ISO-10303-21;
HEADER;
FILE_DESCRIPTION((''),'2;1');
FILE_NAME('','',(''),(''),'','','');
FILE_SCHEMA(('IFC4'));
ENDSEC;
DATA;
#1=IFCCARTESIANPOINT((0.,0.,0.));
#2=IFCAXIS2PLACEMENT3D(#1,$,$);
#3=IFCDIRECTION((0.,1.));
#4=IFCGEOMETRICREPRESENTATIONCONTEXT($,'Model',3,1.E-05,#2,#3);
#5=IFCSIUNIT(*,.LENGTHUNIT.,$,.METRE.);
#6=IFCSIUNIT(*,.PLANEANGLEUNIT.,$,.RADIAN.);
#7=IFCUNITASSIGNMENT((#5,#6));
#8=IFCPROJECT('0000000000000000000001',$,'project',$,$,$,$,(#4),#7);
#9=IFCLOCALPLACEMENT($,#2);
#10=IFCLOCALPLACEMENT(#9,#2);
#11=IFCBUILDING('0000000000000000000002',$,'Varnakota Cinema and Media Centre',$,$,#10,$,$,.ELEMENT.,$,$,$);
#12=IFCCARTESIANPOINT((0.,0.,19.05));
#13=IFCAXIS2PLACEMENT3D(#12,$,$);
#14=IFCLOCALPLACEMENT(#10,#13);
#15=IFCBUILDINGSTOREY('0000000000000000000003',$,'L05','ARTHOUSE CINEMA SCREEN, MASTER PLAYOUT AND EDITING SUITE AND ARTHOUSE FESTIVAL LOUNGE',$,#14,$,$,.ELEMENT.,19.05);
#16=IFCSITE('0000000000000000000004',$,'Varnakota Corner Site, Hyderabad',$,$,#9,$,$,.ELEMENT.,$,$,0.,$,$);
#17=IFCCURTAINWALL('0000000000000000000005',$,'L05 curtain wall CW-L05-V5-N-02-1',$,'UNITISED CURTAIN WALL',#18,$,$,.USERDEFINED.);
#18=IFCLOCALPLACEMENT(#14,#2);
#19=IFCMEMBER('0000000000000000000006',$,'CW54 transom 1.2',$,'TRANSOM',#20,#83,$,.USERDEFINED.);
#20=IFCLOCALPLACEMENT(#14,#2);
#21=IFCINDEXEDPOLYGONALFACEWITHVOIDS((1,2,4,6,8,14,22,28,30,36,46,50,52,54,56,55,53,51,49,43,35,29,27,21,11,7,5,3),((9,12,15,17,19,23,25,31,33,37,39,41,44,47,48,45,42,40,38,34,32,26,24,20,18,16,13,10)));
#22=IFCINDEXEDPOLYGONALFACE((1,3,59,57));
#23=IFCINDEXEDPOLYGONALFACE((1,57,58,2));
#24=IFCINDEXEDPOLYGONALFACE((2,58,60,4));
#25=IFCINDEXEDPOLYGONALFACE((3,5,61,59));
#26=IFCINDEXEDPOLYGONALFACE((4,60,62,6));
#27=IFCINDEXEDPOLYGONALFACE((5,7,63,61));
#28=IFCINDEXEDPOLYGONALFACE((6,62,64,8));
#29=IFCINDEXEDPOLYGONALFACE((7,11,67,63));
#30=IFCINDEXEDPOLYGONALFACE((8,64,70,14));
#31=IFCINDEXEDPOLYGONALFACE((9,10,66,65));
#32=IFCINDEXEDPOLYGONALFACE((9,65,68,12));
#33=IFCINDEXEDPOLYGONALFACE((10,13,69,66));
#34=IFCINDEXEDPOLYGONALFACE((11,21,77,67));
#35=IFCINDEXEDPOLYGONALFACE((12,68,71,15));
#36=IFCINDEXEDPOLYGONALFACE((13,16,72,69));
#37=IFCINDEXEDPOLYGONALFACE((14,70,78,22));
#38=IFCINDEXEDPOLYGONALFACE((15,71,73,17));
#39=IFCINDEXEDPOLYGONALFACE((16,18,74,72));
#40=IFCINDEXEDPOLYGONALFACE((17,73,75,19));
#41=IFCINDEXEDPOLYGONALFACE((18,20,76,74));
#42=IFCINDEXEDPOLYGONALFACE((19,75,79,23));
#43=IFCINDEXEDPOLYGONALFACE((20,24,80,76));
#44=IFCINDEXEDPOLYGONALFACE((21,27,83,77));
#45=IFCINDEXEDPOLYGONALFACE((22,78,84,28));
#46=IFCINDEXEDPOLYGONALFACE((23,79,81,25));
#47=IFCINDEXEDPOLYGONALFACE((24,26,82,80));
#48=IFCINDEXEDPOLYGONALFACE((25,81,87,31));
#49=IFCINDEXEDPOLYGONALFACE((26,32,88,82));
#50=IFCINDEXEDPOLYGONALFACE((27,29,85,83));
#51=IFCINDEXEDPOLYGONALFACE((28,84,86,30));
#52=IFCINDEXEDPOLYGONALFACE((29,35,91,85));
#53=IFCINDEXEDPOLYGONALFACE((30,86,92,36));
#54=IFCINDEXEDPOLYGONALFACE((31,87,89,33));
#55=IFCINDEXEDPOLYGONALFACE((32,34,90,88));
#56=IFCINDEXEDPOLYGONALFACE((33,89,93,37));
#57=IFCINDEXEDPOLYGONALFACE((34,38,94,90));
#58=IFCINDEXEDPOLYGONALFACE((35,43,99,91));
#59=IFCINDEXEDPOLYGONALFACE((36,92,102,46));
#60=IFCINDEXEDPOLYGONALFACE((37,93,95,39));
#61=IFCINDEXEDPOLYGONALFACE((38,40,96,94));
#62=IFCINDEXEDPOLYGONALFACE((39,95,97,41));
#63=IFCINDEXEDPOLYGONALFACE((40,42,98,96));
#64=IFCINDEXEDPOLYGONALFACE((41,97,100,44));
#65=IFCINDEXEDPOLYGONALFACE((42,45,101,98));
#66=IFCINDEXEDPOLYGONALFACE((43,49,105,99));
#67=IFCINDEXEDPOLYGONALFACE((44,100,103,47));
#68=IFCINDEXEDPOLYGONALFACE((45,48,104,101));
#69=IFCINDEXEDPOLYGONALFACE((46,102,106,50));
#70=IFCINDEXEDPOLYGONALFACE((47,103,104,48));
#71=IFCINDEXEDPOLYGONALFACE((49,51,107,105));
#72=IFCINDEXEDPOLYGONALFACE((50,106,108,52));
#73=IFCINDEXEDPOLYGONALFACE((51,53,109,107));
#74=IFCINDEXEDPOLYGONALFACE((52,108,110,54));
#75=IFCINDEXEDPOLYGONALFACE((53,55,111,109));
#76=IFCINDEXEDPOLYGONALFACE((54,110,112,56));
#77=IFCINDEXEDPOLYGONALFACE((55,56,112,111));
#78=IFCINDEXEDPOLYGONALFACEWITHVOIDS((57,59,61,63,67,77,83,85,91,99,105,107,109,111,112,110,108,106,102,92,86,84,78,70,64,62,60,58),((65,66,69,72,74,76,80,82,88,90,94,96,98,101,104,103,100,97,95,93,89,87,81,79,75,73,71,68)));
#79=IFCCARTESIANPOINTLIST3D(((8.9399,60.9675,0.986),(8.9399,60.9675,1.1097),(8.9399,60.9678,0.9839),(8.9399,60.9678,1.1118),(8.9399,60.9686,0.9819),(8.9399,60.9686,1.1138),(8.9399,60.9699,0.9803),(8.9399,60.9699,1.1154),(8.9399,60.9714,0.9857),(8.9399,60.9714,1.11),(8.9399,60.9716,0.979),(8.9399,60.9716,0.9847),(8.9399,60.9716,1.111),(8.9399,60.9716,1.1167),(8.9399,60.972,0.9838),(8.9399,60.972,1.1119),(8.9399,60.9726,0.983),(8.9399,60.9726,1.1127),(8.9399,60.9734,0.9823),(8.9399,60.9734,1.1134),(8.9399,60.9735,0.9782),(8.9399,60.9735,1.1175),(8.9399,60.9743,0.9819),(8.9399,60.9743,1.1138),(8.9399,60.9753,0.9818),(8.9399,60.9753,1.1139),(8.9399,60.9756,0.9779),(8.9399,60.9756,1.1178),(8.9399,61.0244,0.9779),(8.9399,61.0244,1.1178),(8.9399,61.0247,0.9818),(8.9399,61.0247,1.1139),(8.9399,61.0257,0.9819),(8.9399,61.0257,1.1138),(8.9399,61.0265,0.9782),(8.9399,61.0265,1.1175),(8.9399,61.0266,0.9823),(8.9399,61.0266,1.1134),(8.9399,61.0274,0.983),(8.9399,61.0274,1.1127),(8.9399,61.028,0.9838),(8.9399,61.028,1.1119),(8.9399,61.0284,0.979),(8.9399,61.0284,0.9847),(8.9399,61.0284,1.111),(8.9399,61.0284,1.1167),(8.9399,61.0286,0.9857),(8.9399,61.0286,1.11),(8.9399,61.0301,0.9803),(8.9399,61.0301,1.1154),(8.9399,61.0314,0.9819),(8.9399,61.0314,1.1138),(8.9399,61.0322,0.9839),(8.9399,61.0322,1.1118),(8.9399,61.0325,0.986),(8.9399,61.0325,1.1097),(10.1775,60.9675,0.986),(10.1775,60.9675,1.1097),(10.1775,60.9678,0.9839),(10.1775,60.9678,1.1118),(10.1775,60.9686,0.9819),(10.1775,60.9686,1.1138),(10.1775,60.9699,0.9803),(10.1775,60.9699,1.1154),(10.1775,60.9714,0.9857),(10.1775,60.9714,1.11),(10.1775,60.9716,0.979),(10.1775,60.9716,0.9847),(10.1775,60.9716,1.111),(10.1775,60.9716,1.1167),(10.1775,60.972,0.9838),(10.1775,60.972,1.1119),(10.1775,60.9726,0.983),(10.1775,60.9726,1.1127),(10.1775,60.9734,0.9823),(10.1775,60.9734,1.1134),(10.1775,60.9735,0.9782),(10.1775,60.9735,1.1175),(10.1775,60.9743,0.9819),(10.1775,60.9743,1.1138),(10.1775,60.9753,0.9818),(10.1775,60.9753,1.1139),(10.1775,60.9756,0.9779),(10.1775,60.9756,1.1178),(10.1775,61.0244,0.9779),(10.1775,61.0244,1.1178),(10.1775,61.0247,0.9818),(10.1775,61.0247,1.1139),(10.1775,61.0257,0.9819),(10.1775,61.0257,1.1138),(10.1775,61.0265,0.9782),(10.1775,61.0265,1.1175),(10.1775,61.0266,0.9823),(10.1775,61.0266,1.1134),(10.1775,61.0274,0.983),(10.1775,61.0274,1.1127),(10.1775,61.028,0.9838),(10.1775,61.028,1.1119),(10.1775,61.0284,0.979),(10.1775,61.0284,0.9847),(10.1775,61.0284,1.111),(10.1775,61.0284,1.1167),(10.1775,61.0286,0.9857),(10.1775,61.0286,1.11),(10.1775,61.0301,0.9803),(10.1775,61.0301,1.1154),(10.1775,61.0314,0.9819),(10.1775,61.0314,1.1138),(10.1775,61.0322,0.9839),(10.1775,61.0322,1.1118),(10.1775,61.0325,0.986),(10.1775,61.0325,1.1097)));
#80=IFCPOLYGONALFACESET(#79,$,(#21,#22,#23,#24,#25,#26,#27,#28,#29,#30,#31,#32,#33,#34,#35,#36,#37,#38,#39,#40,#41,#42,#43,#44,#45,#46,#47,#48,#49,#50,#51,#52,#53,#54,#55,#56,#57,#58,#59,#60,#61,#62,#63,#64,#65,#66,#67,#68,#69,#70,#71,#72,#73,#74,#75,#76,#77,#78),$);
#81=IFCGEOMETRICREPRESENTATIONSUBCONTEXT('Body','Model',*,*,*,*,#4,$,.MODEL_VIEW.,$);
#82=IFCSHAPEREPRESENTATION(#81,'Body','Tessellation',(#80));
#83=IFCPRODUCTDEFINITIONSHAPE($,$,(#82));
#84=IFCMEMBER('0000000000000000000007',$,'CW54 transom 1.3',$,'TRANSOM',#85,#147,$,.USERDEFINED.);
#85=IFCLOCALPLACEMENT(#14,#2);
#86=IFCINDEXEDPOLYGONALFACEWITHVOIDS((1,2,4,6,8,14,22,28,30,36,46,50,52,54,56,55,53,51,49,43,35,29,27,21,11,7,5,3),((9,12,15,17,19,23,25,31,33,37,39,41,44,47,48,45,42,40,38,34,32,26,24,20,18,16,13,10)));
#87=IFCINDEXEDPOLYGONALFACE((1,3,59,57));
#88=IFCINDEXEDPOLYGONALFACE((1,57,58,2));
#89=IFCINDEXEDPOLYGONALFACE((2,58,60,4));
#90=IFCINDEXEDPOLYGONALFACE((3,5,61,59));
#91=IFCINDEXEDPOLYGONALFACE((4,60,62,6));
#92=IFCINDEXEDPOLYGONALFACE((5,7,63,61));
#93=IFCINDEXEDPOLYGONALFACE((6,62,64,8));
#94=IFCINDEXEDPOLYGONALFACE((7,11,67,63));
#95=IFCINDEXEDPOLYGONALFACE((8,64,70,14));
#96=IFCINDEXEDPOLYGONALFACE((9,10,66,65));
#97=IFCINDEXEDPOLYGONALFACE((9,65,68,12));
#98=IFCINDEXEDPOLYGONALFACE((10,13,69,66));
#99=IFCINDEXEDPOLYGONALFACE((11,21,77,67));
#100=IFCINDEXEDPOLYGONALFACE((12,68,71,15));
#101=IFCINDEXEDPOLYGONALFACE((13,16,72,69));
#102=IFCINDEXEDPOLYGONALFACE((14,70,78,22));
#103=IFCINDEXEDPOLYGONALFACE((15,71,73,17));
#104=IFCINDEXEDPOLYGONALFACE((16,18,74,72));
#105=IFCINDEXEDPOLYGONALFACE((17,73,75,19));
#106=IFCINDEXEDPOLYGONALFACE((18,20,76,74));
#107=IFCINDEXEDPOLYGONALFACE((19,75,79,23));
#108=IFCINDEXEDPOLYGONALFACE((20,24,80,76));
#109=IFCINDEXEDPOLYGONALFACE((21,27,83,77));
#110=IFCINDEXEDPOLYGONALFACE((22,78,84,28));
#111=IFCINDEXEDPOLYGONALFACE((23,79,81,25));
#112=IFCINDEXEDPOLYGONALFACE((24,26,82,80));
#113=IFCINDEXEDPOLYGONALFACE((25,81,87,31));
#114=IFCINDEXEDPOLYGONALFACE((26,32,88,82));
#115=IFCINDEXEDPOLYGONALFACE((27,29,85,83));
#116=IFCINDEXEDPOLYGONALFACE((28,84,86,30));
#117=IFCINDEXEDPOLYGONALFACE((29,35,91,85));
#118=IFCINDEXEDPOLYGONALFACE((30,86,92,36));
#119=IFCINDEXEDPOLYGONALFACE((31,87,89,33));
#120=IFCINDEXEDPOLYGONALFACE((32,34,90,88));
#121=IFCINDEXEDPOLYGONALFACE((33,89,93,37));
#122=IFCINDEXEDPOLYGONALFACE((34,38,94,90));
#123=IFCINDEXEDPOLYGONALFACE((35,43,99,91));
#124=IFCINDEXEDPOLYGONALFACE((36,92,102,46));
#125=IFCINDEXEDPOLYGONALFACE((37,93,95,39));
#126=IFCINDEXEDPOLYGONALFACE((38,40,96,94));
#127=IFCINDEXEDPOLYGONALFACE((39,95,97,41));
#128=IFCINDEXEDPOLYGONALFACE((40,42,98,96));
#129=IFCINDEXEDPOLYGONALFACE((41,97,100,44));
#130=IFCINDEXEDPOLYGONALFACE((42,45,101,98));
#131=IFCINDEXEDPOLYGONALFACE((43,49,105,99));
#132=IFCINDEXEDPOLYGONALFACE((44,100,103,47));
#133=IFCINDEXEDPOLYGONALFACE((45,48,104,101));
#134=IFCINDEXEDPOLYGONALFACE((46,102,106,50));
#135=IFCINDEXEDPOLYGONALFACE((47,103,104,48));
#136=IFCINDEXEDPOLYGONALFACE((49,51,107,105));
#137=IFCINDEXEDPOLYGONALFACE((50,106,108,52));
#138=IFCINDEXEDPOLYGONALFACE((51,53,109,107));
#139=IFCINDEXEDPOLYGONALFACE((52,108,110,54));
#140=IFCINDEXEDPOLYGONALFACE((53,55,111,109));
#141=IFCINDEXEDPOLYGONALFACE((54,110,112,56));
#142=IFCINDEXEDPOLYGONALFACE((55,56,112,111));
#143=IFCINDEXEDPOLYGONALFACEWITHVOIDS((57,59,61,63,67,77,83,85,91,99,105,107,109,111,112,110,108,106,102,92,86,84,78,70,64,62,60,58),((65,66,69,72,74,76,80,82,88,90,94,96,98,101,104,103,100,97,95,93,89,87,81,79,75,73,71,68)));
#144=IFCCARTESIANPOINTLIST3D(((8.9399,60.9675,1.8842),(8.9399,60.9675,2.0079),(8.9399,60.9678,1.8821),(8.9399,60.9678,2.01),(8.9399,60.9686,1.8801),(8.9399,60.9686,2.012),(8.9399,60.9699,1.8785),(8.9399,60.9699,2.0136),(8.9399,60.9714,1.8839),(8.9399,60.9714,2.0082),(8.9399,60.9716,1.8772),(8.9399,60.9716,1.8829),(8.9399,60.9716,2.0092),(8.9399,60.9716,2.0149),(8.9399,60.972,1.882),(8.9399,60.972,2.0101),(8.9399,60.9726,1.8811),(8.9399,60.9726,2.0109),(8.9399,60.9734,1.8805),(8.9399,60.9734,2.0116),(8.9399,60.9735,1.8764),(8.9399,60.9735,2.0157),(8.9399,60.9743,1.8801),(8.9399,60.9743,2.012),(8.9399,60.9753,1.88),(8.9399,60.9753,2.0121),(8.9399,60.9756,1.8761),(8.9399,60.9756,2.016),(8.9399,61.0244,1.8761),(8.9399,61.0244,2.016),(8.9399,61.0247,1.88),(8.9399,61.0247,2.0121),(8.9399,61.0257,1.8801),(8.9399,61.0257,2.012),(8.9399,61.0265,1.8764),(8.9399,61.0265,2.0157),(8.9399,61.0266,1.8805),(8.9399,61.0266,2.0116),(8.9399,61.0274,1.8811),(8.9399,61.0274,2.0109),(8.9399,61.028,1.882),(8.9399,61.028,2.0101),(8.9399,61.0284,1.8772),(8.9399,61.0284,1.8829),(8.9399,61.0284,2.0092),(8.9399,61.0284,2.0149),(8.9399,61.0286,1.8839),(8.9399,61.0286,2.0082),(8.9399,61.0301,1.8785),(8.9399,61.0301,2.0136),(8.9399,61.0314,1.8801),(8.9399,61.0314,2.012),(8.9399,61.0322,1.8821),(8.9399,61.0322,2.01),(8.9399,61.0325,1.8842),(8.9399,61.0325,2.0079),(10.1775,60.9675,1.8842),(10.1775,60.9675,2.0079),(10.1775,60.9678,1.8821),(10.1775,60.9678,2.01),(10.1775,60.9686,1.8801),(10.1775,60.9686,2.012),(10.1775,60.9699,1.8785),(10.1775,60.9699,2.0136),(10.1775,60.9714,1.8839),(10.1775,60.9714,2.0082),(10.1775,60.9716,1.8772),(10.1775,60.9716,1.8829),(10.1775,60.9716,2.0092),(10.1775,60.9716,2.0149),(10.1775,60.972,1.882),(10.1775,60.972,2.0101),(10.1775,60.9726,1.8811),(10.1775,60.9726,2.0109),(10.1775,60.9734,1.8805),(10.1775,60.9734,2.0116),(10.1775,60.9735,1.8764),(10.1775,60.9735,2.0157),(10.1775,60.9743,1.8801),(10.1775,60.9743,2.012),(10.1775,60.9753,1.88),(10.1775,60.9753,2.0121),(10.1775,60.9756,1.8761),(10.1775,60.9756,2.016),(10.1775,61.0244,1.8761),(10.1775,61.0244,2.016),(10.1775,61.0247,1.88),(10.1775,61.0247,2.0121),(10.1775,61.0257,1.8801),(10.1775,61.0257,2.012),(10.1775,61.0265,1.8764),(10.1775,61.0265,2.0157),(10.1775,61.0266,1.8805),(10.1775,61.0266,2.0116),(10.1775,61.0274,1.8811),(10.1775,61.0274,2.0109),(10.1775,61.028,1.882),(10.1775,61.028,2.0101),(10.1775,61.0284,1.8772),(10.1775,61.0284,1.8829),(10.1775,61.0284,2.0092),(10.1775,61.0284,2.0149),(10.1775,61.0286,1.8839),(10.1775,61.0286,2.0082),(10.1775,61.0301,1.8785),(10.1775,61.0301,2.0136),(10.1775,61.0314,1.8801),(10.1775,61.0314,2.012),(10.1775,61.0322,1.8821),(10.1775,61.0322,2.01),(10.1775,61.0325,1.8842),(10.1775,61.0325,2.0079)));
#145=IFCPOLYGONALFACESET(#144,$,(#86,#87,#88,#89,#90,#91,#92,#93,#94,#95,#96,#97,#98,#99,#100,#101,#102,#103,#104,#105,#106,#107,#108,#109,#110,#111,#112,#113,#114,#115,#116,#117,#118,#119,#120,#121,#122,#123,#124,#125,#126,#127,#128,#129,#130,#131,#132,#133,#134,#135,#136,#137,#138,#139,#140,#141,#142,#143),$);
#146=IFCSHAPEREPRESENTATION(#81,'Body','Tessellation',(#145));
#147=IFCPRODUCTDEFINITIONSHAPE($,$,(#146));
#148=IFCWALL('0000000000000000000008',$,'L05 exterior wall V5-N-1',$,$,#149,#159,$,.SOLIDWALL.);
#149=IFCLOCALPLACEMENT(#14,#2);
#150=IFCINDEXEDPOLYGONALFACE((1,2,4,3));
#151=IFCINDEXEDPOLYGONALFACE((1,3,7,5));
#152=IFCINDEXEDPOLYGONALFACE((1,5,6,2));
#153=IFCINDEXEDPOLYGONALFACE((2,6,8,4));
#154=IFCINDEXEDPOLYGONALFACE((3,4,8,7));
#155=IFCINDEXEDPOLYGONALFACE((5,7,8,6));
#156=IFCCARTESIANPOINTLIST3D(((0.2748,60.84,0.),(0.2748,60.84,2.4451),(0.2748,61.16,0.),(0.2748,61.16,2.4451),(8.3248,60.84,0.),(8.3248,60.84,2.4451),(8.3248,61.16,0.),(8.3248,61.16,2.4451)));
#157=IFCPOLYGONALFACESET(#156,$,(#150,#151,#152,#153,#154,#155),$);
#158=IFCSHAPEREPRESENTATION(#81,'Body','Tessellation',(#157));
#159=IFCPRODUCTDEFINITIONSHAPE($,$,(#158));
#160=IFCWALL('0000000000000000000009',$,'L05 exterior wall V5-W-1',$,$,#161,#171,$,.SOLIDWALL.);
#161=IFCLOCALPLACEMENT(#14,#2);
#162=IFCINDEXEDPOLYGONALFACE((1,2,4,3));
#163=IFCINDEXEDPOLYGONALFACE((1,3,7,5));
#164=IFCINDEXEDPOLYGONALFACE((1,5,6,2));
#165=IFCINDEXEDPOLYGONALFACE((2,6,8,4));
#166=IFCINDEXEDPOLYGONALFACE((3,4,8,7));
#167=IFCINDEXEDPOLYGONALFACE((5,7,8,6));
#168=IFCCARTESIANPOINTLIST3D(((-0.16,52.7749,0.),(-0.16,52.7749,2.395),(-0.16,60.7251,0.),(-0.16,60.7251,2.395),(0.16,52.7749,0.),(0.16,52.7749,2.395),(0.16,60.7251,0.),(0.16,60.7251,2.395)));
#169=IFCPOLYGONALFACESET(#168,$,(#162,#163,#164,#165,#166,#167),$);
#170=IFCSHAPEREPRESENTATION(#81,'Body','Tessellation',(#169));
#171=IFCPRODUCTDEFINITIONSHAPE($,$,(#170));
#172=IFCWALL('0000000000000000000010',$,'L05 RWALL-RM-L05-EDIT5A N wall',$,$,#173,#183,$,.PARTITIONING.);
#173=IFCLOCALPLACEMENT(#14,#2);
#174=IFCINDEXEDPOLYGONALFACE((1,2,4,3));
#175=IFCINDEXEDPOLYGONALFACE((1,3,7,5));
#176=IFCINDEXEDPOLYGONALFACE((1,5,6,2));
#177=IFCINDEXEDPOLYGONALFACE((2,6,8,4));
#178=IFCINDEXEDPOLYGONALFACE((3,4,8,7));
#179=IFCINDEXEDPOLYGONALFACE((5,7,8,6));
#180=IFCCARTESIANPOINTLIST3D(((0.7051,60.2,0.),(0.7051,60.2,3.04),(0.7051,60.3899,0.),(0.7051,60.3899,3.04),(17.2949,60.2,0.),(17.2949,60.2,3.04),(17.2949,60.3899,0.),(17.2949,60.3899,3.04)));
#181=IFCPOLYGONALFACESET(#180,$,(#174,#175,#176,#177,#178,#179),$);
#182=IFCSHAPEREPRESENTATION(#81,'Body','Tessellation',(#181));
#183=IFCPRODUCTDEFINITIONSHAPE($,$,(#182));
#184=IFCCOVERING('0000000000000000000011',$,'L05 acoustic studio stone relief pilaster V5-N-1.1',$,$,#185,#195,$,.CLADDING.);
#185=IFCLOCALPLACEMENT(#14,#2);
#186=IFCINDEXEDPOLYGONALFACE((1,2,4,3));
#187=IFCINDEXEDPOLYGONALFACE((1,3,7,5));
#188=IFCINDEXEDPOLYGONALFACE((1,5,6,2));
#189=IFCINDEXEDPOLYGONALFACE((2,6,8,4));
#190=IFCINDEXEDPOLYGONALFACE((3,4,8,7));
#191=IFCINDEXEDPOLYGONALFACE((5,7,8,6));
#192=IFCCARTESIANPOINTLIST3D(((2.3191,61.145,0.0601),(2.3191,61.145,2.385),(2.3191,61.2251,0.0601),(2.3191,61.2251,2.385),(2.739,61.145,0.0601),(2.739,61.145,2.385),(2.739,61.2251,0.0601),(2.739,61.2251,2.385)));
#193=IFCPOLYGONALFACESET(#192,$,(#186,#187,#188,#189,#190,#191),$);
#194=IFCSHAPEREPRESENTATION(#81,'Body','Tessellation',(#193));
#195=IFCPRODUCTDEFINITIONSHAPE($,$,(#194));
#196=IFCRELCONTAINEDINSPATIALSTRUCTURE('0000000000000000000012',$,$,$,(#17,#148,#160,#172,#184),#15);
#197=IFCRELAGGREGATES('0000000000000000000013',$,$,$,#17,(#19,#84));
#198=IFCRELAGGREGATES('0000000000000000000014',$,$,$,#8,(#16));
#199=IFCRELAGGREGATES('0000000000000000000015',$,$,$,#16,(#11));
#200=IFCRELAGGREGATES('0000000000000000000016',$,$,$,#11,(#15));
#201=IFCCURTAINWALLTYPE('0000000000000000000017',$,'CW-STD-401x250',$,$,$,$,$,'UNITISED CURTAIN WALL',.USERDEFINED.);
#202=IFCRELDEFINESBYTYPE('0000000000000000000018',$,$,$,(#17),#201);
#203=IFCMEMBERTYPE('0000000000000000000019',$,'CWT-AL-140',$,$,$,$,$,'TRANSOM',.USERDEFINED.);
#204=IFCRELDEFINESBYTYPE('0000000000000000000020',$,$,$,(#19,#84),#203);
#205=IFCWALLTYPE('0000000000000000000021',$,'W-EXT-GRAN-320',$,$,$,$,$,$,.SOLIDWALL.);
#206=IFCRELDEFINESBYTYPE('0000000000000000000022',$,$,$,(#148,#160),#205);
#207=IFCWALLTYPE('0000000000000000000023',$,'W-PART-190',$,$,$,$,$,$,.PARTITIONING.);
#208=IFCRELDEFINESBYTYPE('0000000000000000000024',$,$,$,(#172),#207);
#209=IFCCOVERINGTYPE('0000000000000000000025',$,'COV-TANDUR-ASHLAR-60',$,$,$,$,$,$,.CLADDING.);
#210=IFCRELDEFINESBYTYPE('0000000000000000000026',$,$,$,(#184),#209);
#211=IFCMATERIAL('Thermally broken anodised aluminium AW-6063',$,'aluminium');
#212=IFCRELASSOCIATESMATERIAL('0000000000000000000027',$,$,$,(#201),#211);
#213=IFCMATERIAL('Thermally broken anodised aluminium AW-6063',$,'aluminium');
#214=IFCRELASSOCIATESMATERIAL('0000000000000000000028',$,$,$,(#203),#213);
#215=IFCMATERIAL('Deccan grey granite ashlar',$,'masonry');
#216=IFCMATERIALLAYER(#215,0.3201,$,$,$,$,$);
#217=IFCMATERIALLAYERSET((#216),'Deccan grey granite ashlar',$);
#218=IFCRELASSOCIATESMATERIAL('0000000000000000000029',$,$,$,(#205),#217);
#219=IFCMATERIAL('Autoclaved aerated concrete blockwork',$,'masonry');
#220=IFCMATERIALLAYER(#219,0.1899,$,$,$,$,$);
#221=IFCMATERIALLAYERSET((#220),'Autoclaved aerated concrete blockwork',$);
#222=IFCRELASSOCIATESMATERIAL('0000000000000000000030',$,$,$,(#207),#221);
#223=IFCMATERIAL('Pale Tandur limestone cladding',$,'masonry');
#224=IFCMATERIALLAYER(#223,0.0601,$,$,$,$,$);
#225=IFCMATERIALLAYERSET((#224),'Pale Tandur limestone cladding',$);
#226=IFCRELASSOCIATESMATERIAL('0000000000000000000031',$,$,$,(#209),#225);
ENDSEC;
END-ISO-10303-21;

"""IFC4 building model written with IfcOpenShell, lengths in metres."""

from ifc_helpers import new_model, si_unit, direction, frame, frame_2d, origin, origin_2d, place, context, subcontext, project, spatial, rectangle, hollow_rectangle, extrude, material, layer, layer_set, material_profile, profile_set, type_object, element, aggregate, save


model = new_model("IFC4")

# Units and contexts
model_context = context("Model", 3, precision=1e-05, world=origin(), true_north=direction((0.0, 1.0)))
body_context = subcontext(model_context, "Body", "Model", "MODEL_VIEW")
ifc_project = project(units=[si_unit("LENGTHUNIT", "METRE"), si_unit("PLANEANGLEUNIT", "RADIAN")], contexts=[model_context])

# Site, building, storey
site_placement = place(None, origin())
site = spatial("IfcSite", under=ifc_project, at=site_placement, Name="Varnakota Corner Site, Hyderabad", CompositionType="ELEMENT", RefElevation=0.0)
building_placement = place(site_placement, origin())
building = spatial("IfcBuilding", under=site, at=building_placement, Name="Varnakota Cinema and Media Centre", CompositionType="ELEMENT")
storey_placement = place(building_placement, frame((0.0, 0.0, 19.05)))
storey = spatial("IfcBuildingStorey", under=building, at=storey_placement, Name="L05", Description="ARTHOUSE CINEMA SCREEN, MASTER PLAYOUT AND EDITING SUITE AND ARTHOUSE FESTIVAL LOUNGE", CompositionType="ELEMENT", Elevation=19.05)

# Curtain wall, members
ifc_material_1 = material(Name="Thermally broken anodised aluminium AW-6063", Category="aluminium")
curtain_wall_type = type_object("IfcCurtainWallType", Name="CW-STD-401x250", ElementType="UNITISED CURTAIN WALL", PredefinedType="USERDEFINED", material=ifc_material_1)
curtain_wall_placement = place(storey_placement, origin())
curtain_wall = element("IfcCurtainWall", 1, at=curtain_wall_placement, inside=storey, type_object=curtain_wall_type, Name="L05 curtain wall CW-L05-V5-N-02-1", ObjectType="UNITISED CURTAIN WALL", PredefinedType="USERDEFINED")
ifc_material_2 = material(Name="Thermally broken anodised aluminium AW-6063", Category="aluminium")
ifc_material_profile_1 = material_profile(ifc_material_2, hollow_rectangle(XDim=0.0649, YDim=0.1399, WallThickness=0.0039, InnerFilletRadius=0.0039, OuterFilletRadius=0.0081, at=origin_2d()), Name="AL-TRANSOM 140x65x4")
ifc_profile_set_1 = profile_set([ifc_material_profile_1], Name="Thermally broken anodised aluminium AW-6063")
member_type_1 = type_object("IfcMemberType", Name="CWT-AL-140", ElementType="TRANSOM", PredefinedType="USERDEFINED", material=ifc_profile_set_1)
member_1_placement = place(storey_placement, frame((8.9399, 61.0, 1.0479), z_axis=(1.0, 0.0, 0.0), x_axis=(0.0, 1.0, 0.0)))
member_1 = element("IfcMember", 2, at=member_1_placement, type_object=member_type_1, Name="CW54 transom 1.2", ObjectType="TRANSOM", PredefinedType="USERDEFINED", context=body_context, shape_type="SweptSolid", body=[
    extrude(hollow_rectangle(XDim=0.0649, YDim=0.1399, WallThickness=0.0039, InnerFilletRadius=0.0039, OuterFilletRadius=0.0081, at=origin_2d()), origin(), (0.0, 0.0, 1.0), 1.2375),
])
member_2_placement = place(storey_placement, frame((8.9399, 61.0, 1.946), z_axis=(1.0, 0.0, 0.0), x_axis=(0.0, 1.0, 0.0)))
member_2 = element("IfcMember", 3, at=member_2_placement, type_object=member_type_1, Name="CW54 transom 1.3", ObjectType="TRANSOM", PredefinedType="USERDEFINED", context=body_context, shape_type="SweptSolid", body=[
    extrude(hollow_rectangle(XDim=0.0649, YDim=0.1399, WallThickness=0.0039, InnerFilletRadius=0.0039, OuterFilletRadius=0.0081, at=origin_2d()), origin(), (0.0, 0.0, 1.0), 1.2375),
])
aggregate(curtain_wall, [member_1, member_2])

# Walls
ifc_material_3 = material(Name="Deccan grey granite ashlar", Category="masonry")
ifc_layer_1 = layer(ifc_material_3, 0.3201)
ifc_layer_set_1 = layer_set([ifc_layer_1], Name="Deccan grey granite ashlar")
wall_type_1 = type_object("IfcWallType", Name="W-EXT-GRAN-320", PredefinedType="SOLIDWALL", material=ifc_layer_set_1)
wall_1_placement = place(storey_placement, frame((0.2749, 61.0, 0.0), z_axis=(0.0, 0.0, 1.0), x_axis=(1.0, 0.0, 0.0)))
element("IfcWall", 4, at=wall_1_placement, inside=storey, type_object=wall_type_1, Name="L05 exterior wall V5-N-1", PredefinedType="SOLIDWALL", context=body_context, shape_type="SweptSolid", body=[
    extrude(rectangle(XDim=8.05, YDim=0.3201, at=frame_2d((4.0249, 0.0))), origin(), (0.0, 0.0, 1.0), 2.4451),
])
wall_2_placement = place(storey_placement, frame((0.0, 60.7251, 0.0), z_axis=(0.0, 0.0, 1.0), x_axis=(0.0, -1.0, 0.0)))
element("IfcWall", 5, at=wall_2_placement, inside=storey, type_object=wall_type_1, Name="L05 exterior wall V5-W-1", PredefinedType="SOLIDWALL", context=body_context, shape_type="SweptSolid", body=[
    extrude(rectangle(XDim=7.9502, YDim=0.3201, at=frame_2d((3.9751, 0.0))), origin(), (0.0, 0.0, 1.0), 2.395),
])
ifc_material_4 = material(Name="Autoclaved aerated concrete blockwork", Category="masonry")
ifc_layer_2 = layer(ifc_material_4, 0.1899)
ifc_layer_set_2 = layer_set([ifc_layer_2], Name="Autoclaved aerated concrete blockwork")
wall_type_2 = type_object("IfcWallType", Name="W-PART-190", PredefinedType="PARTITIONING", material=ifc_layer_set_2)
wall_3_placement = place(storey_placement, frame((0.7051, 60.2949, 0.0), z_axis=(0.0, 0.0, 1.0), x_axis=(1.0, 0.0, 0.0)))
element("IfcWall", 6, at=wall_3_placement, inside=storey, type_object=wall_type_2, Name="L05 RWALL-RM-L05-EDIT5A N wall", PredefinedType="PARTITIONING", context=body_context, shape_type="SweptSolid", body=[
    extrude(rectangle(XDim=16.5898, YDim=0.1899, at=frame_2d((8.2949, 0.0))), origin(), (0.0, 0.0, 1.0), 3.04),
])

# Covering
ifc_material_5 = material(Name="Pale Tandur limestone cladding", Category="masonry")
ifc_layer_3 = layer(ifc_material_5, 0.0601)
ifc_layer_set_3 = layer_set([ifc_layer_3], Name="Pale Tandur limestone cladding")
covering_type = type_object("IfcCoveringType", Name="COV-TANDUR-ASHLAR-60", PredefinedType="CLADDING", material=ifc_layer_set_3)
for number, where, z_axis, x_axis, name in (
    (7, (2.5291, 61.1851, 0.0601), (0.0, 0.0, 1.0), (1.0, 0.0, 0.0), "L05 acoustic studio stone relief pilaster V5-N-1.1"),
):
    element("IfcCovering", number, at=place(storey_placement, frame(where, z_axis=z_axis, x_axis=x_axis)), inside=storey, type_object=covering_type, Name=name, PredefinedType="CLADDING", context=body_context, shape_type="SweptSolid", body=[
        extrude(rectangle(XDim=0.4199, YDim=0.0801, at=origin_2d()), origin(), (0.0, 0.0, 1.0), 2.325),
    ])

save(model, "model.ifc")
